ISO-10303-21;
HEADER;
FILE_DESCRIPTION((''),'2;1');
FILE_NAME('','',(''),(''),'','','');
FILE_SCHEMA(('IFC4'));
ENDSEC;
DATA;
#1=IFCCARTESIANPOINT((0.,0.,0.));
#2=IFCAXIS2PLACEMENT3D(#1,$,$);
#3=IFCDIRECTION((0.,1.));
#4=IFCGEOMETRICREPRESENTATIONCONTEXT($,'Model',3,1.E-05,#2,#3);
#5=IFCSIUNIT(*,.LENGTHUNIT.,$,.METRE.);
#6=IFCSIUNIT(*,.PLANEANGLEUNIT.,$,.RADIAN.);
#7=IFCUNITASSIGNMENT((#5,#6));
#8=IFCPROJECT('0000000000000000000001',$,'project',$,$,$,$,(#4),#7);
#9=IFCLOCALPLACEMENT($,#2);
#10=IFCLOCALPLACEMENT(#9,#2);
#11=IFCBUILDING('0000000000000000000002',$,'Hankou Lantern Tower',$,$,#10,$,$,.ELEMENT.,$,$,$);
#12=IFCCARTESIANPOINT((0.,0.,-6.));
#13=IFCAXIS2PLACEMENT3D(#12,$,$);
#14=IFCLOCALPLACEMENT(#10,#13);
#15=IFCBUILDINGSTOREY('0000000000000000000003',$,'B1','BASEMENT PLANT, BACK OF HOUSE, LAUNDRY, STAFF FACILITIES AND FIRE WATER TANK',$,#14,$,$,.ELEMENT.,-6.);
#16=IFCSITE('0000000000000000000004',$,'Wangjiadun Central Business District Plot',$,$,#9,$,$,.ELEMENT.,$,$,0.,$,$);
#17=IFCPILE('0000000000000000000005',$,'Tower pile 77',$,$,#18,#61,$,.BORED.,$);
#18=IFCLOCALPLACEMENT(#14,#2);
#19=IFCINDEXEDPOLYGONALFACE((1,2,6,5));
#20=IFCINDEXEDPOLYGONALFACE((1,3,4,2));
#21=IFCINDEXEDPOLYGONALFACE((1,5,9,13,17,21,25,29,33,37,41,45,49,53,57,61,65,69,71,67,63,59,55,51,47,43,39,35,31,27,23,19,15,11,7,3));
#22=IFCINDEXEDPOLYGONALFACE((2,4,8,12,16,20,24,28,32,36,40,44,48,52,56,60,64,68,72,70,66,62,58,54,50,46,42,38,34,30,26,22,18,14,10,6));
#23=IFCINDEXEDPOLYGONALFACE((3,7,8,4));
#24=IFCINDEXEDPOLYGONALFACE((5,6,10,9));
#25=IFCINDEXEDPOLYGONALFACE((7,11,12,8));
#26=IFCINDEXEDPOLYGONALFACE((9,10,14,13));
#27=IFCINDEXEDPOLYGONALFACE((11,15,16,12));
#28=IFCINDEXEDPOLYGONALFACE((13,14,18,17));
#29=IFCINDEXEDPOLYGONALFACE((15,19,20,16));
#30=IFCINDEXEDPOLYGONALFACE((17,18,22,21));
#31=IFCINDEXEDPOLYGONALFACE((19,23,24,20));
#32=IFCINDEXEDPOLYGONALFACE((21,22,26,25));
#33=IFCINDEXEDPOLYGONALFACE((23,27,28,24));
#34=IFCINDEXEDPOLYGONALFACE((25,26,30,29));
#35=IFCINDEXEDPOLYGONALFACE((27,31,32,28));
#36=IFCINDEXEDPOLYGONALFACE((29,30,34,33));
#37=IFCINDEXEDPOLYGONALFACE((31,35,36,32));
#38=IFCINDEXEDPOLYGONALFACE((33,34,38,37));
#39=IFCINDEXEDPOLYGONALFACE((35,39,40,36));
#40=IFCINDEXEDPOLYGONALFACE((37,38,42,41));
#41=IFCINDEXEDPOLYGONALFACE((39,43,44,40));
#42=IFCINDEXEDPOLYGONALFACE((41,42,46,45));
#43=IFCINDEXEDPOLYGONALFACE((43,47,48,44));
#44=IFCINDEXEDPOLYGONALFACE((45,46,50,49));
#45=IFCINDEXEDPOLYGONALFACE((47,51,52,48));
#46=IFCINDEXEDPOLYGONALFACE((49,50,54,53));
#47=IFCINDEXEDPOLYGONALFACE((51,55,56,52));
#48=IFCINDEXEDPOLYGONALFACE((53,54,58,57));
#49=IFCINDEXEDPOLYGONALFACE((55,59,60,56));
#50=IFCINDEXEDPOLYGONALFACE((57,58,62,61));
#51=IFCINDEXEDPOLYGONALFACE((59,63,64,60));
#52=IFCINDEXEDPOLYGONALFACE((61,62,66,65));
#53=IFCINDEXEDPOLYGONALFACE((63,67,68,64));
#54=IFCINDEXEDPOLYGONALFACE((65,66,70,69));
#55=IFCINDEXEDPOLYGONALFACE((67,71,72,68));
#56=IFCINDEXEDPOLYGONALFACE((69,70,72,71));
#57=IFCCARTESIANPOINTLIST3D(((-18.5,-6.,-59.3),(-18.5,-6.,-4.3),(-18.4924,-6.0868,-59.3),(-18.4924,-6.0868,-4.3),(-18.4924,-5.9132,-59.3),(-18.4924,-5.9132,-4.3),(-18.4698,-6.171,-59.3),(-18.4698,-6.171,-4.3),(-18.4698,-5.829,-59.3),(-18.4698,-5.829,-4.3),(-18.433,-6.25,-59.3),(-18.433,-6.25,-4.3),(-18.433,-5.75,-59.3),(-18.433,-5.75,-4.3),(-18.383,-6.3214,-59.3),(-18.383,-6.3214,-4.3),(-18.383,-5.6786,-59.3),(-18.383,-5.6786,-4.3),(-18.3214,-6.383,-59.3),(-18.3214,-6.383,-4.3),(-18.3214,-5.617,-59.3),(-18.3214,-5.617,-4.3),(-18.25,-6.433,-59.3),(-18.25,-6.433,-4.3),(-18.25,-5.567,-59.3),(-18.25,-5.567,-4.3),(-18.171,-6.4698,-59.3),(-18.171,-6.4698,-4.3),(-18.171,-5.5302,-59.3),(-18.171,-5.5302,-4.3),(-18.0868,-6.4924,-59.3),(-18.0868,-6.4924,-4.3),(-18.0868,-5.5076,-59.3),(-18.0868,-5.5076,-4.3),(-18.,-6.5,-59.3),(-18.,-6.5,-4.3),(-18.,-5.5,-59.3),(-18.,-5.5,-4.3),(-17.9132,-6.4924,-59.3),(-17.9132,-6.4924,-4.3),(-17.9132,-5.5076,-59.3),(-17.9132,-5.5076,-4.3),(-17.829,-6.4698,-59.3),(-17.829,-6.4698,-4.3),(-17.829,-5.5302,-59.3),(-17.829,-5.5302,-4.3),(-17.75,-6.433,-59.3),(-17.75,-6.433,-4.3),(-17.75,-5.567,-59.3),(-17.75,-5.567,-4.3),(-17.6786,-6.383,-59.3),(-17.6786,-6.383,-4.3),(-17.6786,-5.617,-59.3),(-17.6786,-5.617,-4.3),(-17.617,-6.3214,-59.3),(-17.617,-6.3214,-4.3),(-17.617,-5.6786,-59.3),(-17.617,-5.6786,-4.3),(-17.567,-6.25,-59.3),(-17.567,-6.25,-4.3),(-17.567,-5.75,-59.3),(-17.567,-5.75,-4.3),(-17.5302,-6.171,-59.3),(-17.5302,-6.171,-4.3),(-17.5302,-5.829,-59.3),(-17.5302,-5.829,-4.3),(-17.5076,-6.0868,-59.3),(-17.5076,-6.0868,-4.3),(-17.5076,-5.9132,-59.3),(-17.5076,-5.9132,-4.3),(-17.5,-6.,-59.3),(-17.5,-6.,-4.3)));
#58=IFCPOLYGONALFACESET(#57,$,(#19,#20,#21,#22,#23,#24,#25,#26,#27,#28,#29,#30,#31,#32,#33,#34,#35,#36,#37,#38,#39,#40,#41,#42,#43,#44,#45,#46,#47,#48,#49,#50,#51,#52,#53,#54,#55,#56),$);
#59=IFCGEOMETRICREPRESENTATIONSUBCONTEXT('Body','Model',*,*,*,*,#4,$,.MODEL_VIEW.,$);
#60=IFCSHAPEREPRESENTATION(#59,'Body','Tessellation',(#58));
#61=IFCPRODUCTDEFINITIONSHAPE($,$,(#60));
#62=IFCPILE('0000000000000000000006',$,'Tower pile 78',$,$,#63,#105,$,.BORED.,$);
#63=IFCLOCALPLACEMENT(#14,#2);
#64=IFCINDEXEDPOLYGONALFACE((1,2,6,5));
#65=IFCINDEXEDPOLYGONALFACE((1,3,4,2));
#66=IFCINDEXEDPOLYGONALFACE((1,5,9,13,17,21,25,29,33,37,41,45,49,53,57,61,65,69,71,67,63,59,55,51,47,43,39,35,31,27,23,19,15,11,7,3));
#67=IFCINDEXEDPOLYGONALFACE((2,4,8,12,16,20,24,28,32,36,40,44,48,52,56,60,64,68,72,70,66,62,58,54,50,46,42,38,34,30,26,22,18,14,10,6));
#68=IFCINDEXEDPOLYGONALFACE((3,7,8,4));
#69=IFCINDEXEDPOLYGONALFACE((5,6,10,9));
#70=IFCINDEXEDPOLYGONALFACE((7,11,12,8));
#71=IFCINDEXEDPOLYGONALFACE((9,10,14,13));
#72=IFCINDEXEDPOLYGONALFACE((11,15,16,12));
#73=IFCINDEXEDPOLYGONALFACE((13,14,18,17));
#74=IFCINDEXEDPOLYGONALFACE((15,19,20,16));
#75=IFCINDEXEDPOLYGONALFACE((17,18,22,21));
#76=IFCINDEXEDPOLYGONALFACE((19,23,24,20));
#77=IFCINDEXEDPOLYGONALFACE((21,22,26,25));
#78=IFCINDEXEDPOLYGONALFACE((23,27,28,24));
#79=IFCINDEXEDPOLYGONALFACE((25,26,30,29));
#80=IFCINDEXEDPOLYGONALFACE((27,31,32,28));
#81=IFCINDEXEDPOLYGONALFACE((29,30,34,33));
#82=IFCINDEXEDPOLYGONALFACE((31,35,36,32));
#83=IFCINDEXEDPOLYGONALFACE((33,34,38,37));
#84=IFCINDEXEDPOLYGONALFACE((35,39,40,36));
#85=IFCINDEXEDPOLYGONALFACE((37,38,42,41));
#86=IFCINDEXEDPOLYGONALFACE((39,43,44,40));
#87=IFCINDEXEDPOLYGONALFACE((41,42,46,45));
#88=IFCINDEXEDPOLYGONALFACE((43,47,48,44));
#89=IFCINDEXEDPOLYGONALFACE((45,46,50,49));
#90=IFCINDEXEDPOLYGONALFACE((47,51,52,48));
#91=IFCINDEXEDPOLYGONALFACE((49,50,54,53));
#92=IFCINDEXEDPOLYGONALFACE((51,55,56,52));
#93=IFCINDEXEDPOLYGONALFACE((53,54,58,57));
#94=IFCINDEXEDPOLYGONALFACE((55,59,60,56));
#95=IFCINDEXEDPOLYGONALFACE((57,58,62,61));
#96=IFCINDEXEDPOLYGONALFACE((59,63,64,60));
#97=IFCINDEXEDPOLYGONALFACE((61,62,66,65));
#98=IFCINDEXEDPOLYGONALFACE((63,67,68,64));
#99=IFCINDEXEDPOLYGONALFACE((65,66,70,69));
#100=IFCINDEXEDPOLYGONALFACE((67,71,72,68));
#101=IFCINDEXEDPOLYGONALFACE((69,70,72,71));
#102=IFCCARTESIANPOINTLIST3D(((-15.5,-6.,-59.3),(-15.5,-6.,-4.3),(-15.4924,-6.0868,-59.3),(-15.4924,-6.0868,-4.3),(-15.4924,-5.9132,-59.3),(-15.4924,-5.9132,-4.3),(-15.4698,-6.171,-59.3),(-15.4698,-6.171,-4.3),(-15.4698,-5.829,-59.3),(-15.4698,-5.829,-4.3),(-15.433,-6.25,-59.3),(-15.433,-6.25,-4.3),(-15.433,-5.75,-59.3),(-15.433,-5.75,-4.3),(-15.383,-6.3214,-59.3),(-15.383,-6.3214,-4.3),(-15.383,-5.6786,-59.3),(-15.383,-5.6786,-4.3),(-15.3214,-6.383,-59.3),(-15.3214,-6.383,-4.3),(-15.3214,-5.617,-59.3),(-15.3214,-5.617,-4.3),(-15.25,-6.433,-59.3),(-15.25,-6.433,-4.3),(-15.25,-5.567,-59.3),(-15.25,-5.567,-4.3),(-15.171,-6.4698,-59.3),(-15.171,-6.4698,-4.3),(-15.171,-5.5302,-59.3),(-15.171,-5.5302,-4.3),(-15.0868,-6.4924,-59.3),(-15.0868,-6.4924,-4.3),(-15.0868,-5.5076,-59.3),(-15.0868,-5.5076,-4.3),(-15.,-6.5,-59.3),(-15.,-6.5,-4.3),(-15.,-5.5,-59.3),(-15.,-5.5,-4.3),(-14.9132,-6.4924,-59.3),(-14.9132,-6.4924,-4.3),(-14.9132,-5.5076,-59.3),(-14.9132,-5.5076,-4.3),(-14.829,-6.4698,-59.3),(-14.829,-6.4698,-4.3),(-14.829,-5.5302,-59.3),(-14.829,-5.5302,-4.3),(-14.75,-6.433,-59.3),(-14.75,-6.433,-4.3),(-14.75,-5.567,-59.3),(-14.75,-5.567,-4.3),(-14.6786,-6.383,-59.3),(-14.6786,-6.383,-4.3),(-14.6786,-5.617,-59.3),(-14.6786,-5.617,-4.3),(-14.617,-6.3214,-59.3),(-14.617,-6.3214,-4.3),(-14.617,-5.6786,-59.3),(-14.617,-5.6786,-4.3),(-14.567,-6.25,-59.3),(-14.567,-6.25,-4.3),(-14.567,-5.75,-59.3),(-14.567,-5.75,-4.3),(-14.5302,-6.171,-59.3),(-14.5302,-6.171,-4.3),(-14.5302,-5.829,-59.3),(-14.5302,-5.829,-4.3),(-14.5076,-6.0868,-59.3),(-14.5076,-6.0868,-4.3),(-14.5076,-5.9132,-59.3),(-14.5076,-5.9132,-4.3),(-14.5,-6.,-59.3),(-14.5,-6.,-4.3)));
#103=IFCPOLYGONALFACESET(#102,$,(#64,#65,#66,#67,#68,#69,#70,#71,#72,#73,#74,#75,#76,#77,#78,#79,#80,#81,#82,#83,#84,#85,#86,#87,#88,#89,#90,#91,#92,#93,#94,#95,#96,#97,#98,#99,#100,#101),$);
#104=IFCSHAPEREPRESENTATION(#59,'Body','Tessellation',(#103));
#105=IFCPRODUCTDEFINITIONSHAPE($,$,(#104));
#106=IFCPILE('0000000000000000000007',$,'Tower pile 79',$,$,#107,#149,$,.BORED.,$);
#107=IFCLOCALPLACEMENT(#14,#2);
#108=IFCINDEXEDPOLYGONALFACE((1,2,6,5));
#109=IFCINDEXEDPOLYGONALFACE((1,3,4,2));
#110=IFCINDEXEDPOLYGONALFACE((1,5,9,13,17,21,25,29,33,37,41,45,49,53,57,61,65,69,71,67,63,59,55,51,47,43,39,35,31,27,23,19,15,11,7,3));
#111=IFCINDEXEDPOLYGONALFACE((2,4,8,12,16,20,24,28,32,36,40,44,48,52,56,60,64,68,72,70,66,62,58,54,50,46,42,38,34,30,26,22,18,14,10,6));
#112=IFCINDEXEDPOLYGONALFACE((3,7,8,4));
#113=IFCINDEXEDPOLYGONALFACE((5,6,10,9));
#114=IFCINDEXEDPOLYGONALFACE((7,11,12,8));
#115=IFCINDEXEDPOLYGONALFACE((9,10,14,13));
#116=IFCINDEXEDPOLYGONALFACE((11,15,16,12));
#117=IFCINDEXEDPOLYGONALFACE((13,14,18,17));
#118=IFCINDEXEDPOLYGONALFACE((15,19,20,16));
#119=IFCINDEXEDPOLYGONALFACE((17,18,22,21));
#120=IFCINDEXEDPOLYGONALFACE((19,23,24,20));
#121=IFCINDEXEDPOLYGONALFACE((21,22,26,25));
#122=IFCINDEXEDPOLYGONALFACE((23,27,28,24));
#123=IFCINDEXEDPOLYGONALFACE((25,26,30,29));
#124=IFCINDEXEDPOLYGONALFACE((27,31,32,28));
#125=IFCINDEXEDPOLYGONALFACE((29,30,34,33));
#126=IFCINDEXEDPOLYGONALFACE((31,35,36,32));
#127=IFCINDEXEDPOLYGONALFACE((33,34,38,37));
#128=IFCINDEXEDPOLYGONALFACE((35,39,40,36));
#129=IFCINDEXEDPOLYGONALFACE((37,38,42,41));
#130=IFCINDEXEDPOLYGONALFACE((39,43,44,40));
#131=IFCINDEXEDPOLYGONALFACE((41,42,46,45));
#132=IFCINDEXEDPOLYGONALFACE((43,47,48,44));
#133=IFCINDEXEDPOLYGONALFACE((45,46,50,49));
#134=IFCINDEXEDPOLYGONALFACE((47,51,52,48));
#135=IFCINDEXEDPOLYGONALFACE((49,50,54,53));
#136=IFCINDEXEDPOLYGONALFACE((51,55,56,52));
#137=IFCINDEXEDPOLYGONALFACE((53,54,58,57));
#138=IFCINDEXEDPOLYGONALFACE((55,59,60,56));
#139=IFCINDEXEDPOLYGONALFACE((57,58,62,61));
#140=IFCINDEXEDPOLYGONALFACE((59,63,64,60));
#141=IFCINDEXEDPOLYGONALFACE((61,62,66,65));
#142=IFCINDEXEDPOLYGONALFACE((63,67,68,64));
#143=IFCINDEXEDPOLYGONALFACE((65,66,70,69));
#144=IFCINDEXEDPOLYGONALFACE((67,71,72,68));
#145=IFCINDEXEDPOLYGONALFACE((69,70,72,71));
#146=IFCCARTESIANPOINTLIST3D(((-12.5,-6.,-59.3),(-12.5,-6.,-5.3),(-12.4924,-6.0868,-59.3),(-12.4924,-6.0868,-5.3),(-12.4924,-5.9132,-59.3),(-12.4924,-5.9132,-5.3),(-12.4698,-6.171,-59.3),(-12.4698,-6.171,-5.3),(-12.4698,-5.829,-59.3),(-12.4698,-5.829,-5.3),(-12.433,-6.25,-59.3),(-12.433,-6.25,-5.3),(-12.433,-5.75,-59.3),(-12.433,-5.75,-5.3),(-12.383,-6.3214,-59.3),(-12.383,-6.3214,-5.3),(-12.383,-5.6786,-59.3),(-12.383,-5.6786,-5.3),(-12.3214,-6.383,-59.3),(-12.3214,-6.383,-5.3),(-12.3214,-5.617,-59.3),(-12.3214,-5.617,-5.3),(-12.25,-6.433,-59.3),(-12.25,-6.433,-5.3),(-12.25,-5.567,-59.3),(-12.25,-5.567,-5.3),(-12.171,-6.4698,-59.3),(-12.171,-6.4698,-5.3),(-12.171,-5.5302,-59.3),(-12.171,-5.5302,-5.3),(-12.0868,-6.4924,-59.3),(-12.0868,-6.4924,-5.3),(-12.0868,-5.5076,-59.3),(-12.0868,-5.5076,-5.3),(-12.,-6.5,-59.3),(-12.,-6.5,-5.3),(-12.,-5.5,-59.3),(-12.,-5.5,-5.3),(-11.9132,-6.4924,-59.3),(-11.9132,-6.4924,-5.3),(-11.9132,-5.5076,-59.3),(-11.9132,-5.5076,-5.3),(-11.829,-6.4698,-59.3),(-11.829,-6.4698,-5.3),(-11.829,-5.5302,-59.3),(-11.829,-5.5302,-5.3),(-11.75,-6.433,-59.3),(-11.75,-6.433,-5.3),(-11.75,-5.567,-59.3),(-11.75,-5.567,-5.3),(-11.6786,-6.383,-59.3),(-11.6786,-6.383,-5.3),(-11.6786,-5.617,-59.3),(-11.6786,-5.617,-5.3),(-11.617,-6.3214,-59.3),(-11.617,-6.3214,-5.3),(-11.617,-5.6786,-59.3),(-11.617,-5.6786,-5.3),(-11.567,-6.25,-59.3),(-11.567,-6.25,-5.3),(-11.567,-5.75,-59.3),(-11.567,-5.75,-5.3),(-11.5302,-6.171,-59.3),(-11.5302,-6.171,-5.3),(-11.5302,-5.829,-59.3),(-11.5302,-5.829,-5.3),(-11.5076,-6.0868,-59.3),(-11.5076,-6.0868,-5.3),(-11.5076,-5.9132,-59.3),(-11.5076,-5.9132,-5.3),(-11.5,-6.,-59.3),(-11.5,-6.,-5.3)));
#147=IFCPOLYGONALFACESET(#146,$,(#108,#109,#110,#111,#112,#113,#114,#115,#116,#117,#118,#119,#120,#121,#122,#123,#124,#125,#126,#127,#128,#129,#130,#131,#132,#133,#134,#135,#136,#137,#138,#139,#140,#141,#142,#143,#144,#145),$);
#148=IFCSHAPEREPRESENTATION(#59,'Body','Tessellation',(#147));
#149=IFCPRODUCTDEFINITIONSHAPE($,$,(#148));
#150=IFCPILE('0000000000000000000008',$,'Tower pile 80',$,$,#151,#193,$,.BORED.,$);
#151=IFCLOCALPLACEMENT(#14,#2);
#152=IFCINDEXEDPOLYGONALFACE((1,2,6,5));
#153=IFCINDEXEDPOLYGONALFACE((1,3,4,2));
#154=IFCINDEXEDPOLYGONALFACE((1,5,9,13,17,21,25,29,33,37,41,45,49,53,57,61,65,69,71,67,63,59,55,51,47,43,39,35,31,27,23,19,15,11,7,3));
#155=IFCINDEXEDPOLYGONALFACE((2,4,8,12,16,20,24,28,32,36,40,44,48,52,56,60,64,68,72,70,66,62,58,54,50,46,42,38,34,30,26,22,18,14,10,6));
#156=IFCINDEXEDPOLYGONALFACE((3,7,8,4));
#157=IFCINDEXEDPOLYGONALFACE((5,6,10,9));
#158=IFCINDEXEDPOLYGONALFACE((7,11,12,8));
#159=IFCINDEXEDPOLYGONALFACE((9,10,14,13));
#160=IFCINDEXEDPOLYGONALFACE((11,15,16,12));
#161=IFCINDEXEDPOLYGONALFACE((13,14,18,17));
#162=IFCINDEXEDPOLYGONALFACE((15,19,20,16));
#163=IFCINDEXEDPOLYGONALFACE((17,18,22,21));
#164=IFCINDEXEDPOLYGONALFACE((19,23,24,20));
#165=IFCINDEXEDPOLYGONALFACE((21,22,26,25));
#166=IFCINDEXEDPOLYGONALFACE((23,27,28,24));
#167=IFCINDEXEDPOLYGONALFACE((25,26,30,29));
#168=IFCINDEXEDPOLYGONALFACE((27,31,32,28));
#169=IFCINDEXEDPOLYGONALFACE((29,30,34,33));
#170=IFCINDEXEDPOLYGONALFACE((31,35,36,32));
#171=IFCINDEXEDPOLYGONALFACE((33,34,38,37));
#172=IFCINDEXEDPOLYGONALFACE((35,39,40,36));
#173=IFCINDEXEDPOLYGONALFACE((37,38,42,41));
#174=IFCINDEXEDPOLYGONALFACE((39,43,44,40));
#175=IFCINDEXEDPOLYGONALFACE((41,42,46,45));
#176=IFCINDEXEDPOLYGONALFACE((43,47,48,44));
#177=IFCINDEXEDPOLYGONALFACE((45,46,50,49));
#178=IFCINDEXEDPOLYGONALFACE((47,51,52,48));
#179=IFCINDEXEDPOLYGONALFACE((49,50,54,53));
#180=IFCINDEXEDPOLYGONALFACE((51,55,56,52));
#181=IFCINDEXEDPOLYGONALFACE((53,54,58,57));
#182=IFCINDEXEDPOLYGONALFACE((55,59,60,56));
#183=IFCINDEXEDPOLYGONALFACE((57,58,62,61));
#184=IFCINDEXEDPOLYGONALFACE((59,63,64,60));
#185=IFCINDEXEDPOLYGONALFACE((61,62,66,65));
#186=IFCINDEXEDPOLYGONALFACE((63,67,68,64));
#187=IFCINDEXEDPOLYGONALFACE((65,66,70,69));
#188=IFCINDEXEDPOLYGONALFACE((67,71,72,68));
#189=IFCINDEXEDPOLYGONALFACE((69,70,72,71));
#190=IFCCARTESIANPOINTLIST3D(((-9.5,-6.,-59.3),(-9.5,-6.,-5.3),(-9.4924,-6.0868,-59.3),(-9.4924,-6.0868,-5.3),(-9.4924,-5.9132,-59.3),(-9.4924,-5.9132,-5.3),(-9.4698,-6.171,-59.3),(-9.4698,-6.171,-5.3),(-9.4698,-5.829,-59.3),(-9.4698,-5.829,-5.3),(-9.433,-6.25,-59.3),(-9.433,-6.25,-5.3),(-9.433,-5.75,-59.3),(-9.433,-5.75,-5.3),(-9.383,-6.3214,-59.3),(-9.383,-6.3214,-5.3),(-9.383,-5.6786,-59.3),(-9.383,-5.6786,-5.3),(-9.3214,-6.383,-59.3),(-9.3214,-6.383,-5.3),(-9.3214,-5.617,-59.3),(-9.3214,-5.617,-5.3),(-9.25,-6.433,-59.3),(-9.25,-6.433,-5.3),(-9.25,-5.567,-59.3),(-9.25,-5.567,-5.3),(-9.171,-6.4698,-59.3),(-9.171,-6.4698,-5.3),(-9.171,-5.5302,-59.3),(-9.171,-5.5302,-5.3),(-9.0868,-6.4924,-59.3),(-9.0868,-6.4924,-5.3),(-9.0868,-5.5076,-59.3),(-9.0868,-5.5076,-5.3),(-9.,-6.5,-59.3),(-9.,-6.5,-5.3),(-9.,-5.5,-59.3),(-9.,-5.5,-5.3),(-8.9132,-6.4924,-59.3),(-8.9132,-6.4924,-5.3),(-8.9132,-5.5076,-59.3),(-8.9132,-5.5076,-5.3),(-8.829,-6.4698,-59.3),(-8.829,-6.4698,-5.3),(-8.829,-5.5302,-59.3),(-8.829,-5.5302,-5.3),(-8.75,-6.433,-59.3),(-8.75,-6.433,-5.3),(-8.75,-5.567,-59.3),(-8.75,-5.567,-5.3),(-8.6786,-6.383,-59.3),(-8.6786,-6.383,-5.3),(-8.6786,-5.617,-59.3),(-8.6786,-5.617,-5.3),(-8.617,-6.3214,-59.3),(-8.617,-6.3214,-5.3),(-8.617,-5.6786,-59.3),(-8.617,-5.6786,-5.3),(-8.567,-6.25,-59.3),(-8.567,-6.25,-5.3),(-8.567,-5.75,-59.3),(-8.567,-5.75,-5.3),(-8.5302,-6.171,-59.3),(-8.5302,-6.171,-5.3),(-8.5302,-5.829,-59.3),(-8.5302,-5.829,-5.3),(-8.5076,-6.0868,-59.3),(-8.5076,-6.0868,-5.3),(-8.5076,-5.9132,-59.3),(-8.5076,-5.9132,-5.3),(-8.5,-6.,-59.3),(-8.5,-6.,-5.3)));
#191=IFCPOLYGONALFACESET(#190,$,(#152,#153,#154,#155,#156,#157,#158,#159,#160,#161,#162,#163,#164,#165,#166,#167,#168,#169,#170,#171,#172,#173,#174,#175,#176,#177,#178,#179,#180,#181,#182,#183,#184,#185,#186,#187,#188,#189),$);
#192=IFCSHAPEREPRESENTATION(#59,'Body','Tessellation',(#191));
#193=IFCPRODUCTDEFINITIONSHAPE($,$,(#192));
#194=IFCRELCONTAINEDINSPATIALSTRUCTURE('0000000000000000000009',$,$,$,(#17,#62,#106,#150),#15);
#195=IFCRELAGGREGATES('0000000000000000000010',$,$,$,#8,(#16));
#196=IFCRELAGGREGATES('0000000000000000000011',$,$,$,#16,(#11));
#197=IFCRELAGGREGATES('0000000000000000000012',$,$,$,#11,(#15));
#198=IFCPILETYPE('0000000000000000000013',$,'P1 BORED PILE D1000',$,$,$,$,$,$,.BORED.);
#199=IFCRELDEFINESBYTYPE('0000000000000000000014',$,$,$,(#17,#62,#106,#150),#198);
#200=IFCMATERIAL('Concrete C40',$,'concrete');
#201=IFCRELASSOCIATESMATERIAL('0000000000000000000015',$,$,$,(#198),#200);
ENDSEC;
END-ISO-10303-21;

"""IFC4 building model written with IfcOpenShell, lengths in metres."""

from ifc_helpers import new_model, si_unit, direction, frame, origin, origin_2d, place, context, subcontext, project, spatial, circle, extrude, material, material_profile, profile_set, type_object, element, save


model = new_model("IFC4")

# Units and contexts
model_context = context("Model", 3, precision=1e-05, world=origin(), true_north=direction((0.0, 1.0)))
body_context = subcontext(model_context, "Body", "Model", "MODEL_VIEW")
ifc_project = project(units=[si_unit("LENGTHUNIT", "METRE"), si_unit("PLANEANGLEUNIT", "RADIAN")], contexts=[model_context])

# Site, building, storey
site_placement = place(None, origin())
site = spatial("IfcSite", under=ifc_project, at=site_placement, Name="Wangjiadun Central Business District Plot", CompositionType="ELEMENT", RefElevation=0.0)
building_placement = place(site_placement, origin())
building = spatial("IfcBuilding", under=site, at=building_placement, Name="Hankou Lantern Tower", CompositionType="ELEMENT")
storey_placement = place(building_placement, frame((0.0, 0.0, -6.0)))
storey = spatial("IfcBuildingStorey", under=building, at=storey_placement, Name="B1", Description="BASEMENT PLANT, BACK OF HOUSE, LAUNDRY, STAFF FACILITIES AND FIRE WATER TANK", CompositionType="ELEMENT", Elevation=-6.0)

# Piles
ifc_material_1 = material(Name="Concrete C40", Category="concrete")
ifc_material_profile = material_profile(ifc_material_1, circle(Radius=0.5, at=origin_2d()), Name="RC D1000")
ifc_profile_set = profile_set([ifc_material_profile], Name="Concrete C40")
pile_type = type_object("IfcPileType", Name="P1 BORED PILE D1000", PredefinedType="BORED", material=ifc_profile_set)
for number, where, z_axis, x_axis, name in (
    (1, (-18.0, -6.0, -4.3), (0.0, 0.0, -1.0), (1.0, 0.0, 0.0), "Tower pile 77"),
    (2, (-15.0, -6.0, -4.3), (0.0, 0.0, -1.0), (1.0, 0.0, 0.0), "Tower pile 78"),
):
    element("IfcPile", number, at=place(storey_placement, frame(where, z_axis=z_axis, x_axis=x_axis)), inside=storey, type_object=pile_type, Name=name, PredefinedType="BORED", context=body_context, shape_type="SweptSolid", body=[
        extrude(circle(Radius=0.5, at=origin_2d()), origin(), (0.0, 0.0, 1.0), 55.0),
    ])
for number, where, z_axis, x_axis, name in (
    (3, (-12.0, -6.0, -5.3), (0.0, 0.0, -1.0), (1.0, 0.0, 0.0), "Tower pile 79"),
    (4, (-9.0, -6.0, -5.3), (0.0, 0.0, -1.0), (1.0, 0.0, 0.0), "Tower pile 80"),
):
    element("IfcPile", number, at=place(storey_placement, frame(where, z_axis=z_axis, x_axis=x_axis)), inside=storey, type_object=pile_type, Name=name, PredefinedType="BORED", context=body_context, shape_type="SweptSolid", body=[
        extrude(circle(Radius=0.5, at=origin_2d()), origin(), (0.0, 0.0, 1.0), 54.0),
    ])

save(model, "model.ifc")
